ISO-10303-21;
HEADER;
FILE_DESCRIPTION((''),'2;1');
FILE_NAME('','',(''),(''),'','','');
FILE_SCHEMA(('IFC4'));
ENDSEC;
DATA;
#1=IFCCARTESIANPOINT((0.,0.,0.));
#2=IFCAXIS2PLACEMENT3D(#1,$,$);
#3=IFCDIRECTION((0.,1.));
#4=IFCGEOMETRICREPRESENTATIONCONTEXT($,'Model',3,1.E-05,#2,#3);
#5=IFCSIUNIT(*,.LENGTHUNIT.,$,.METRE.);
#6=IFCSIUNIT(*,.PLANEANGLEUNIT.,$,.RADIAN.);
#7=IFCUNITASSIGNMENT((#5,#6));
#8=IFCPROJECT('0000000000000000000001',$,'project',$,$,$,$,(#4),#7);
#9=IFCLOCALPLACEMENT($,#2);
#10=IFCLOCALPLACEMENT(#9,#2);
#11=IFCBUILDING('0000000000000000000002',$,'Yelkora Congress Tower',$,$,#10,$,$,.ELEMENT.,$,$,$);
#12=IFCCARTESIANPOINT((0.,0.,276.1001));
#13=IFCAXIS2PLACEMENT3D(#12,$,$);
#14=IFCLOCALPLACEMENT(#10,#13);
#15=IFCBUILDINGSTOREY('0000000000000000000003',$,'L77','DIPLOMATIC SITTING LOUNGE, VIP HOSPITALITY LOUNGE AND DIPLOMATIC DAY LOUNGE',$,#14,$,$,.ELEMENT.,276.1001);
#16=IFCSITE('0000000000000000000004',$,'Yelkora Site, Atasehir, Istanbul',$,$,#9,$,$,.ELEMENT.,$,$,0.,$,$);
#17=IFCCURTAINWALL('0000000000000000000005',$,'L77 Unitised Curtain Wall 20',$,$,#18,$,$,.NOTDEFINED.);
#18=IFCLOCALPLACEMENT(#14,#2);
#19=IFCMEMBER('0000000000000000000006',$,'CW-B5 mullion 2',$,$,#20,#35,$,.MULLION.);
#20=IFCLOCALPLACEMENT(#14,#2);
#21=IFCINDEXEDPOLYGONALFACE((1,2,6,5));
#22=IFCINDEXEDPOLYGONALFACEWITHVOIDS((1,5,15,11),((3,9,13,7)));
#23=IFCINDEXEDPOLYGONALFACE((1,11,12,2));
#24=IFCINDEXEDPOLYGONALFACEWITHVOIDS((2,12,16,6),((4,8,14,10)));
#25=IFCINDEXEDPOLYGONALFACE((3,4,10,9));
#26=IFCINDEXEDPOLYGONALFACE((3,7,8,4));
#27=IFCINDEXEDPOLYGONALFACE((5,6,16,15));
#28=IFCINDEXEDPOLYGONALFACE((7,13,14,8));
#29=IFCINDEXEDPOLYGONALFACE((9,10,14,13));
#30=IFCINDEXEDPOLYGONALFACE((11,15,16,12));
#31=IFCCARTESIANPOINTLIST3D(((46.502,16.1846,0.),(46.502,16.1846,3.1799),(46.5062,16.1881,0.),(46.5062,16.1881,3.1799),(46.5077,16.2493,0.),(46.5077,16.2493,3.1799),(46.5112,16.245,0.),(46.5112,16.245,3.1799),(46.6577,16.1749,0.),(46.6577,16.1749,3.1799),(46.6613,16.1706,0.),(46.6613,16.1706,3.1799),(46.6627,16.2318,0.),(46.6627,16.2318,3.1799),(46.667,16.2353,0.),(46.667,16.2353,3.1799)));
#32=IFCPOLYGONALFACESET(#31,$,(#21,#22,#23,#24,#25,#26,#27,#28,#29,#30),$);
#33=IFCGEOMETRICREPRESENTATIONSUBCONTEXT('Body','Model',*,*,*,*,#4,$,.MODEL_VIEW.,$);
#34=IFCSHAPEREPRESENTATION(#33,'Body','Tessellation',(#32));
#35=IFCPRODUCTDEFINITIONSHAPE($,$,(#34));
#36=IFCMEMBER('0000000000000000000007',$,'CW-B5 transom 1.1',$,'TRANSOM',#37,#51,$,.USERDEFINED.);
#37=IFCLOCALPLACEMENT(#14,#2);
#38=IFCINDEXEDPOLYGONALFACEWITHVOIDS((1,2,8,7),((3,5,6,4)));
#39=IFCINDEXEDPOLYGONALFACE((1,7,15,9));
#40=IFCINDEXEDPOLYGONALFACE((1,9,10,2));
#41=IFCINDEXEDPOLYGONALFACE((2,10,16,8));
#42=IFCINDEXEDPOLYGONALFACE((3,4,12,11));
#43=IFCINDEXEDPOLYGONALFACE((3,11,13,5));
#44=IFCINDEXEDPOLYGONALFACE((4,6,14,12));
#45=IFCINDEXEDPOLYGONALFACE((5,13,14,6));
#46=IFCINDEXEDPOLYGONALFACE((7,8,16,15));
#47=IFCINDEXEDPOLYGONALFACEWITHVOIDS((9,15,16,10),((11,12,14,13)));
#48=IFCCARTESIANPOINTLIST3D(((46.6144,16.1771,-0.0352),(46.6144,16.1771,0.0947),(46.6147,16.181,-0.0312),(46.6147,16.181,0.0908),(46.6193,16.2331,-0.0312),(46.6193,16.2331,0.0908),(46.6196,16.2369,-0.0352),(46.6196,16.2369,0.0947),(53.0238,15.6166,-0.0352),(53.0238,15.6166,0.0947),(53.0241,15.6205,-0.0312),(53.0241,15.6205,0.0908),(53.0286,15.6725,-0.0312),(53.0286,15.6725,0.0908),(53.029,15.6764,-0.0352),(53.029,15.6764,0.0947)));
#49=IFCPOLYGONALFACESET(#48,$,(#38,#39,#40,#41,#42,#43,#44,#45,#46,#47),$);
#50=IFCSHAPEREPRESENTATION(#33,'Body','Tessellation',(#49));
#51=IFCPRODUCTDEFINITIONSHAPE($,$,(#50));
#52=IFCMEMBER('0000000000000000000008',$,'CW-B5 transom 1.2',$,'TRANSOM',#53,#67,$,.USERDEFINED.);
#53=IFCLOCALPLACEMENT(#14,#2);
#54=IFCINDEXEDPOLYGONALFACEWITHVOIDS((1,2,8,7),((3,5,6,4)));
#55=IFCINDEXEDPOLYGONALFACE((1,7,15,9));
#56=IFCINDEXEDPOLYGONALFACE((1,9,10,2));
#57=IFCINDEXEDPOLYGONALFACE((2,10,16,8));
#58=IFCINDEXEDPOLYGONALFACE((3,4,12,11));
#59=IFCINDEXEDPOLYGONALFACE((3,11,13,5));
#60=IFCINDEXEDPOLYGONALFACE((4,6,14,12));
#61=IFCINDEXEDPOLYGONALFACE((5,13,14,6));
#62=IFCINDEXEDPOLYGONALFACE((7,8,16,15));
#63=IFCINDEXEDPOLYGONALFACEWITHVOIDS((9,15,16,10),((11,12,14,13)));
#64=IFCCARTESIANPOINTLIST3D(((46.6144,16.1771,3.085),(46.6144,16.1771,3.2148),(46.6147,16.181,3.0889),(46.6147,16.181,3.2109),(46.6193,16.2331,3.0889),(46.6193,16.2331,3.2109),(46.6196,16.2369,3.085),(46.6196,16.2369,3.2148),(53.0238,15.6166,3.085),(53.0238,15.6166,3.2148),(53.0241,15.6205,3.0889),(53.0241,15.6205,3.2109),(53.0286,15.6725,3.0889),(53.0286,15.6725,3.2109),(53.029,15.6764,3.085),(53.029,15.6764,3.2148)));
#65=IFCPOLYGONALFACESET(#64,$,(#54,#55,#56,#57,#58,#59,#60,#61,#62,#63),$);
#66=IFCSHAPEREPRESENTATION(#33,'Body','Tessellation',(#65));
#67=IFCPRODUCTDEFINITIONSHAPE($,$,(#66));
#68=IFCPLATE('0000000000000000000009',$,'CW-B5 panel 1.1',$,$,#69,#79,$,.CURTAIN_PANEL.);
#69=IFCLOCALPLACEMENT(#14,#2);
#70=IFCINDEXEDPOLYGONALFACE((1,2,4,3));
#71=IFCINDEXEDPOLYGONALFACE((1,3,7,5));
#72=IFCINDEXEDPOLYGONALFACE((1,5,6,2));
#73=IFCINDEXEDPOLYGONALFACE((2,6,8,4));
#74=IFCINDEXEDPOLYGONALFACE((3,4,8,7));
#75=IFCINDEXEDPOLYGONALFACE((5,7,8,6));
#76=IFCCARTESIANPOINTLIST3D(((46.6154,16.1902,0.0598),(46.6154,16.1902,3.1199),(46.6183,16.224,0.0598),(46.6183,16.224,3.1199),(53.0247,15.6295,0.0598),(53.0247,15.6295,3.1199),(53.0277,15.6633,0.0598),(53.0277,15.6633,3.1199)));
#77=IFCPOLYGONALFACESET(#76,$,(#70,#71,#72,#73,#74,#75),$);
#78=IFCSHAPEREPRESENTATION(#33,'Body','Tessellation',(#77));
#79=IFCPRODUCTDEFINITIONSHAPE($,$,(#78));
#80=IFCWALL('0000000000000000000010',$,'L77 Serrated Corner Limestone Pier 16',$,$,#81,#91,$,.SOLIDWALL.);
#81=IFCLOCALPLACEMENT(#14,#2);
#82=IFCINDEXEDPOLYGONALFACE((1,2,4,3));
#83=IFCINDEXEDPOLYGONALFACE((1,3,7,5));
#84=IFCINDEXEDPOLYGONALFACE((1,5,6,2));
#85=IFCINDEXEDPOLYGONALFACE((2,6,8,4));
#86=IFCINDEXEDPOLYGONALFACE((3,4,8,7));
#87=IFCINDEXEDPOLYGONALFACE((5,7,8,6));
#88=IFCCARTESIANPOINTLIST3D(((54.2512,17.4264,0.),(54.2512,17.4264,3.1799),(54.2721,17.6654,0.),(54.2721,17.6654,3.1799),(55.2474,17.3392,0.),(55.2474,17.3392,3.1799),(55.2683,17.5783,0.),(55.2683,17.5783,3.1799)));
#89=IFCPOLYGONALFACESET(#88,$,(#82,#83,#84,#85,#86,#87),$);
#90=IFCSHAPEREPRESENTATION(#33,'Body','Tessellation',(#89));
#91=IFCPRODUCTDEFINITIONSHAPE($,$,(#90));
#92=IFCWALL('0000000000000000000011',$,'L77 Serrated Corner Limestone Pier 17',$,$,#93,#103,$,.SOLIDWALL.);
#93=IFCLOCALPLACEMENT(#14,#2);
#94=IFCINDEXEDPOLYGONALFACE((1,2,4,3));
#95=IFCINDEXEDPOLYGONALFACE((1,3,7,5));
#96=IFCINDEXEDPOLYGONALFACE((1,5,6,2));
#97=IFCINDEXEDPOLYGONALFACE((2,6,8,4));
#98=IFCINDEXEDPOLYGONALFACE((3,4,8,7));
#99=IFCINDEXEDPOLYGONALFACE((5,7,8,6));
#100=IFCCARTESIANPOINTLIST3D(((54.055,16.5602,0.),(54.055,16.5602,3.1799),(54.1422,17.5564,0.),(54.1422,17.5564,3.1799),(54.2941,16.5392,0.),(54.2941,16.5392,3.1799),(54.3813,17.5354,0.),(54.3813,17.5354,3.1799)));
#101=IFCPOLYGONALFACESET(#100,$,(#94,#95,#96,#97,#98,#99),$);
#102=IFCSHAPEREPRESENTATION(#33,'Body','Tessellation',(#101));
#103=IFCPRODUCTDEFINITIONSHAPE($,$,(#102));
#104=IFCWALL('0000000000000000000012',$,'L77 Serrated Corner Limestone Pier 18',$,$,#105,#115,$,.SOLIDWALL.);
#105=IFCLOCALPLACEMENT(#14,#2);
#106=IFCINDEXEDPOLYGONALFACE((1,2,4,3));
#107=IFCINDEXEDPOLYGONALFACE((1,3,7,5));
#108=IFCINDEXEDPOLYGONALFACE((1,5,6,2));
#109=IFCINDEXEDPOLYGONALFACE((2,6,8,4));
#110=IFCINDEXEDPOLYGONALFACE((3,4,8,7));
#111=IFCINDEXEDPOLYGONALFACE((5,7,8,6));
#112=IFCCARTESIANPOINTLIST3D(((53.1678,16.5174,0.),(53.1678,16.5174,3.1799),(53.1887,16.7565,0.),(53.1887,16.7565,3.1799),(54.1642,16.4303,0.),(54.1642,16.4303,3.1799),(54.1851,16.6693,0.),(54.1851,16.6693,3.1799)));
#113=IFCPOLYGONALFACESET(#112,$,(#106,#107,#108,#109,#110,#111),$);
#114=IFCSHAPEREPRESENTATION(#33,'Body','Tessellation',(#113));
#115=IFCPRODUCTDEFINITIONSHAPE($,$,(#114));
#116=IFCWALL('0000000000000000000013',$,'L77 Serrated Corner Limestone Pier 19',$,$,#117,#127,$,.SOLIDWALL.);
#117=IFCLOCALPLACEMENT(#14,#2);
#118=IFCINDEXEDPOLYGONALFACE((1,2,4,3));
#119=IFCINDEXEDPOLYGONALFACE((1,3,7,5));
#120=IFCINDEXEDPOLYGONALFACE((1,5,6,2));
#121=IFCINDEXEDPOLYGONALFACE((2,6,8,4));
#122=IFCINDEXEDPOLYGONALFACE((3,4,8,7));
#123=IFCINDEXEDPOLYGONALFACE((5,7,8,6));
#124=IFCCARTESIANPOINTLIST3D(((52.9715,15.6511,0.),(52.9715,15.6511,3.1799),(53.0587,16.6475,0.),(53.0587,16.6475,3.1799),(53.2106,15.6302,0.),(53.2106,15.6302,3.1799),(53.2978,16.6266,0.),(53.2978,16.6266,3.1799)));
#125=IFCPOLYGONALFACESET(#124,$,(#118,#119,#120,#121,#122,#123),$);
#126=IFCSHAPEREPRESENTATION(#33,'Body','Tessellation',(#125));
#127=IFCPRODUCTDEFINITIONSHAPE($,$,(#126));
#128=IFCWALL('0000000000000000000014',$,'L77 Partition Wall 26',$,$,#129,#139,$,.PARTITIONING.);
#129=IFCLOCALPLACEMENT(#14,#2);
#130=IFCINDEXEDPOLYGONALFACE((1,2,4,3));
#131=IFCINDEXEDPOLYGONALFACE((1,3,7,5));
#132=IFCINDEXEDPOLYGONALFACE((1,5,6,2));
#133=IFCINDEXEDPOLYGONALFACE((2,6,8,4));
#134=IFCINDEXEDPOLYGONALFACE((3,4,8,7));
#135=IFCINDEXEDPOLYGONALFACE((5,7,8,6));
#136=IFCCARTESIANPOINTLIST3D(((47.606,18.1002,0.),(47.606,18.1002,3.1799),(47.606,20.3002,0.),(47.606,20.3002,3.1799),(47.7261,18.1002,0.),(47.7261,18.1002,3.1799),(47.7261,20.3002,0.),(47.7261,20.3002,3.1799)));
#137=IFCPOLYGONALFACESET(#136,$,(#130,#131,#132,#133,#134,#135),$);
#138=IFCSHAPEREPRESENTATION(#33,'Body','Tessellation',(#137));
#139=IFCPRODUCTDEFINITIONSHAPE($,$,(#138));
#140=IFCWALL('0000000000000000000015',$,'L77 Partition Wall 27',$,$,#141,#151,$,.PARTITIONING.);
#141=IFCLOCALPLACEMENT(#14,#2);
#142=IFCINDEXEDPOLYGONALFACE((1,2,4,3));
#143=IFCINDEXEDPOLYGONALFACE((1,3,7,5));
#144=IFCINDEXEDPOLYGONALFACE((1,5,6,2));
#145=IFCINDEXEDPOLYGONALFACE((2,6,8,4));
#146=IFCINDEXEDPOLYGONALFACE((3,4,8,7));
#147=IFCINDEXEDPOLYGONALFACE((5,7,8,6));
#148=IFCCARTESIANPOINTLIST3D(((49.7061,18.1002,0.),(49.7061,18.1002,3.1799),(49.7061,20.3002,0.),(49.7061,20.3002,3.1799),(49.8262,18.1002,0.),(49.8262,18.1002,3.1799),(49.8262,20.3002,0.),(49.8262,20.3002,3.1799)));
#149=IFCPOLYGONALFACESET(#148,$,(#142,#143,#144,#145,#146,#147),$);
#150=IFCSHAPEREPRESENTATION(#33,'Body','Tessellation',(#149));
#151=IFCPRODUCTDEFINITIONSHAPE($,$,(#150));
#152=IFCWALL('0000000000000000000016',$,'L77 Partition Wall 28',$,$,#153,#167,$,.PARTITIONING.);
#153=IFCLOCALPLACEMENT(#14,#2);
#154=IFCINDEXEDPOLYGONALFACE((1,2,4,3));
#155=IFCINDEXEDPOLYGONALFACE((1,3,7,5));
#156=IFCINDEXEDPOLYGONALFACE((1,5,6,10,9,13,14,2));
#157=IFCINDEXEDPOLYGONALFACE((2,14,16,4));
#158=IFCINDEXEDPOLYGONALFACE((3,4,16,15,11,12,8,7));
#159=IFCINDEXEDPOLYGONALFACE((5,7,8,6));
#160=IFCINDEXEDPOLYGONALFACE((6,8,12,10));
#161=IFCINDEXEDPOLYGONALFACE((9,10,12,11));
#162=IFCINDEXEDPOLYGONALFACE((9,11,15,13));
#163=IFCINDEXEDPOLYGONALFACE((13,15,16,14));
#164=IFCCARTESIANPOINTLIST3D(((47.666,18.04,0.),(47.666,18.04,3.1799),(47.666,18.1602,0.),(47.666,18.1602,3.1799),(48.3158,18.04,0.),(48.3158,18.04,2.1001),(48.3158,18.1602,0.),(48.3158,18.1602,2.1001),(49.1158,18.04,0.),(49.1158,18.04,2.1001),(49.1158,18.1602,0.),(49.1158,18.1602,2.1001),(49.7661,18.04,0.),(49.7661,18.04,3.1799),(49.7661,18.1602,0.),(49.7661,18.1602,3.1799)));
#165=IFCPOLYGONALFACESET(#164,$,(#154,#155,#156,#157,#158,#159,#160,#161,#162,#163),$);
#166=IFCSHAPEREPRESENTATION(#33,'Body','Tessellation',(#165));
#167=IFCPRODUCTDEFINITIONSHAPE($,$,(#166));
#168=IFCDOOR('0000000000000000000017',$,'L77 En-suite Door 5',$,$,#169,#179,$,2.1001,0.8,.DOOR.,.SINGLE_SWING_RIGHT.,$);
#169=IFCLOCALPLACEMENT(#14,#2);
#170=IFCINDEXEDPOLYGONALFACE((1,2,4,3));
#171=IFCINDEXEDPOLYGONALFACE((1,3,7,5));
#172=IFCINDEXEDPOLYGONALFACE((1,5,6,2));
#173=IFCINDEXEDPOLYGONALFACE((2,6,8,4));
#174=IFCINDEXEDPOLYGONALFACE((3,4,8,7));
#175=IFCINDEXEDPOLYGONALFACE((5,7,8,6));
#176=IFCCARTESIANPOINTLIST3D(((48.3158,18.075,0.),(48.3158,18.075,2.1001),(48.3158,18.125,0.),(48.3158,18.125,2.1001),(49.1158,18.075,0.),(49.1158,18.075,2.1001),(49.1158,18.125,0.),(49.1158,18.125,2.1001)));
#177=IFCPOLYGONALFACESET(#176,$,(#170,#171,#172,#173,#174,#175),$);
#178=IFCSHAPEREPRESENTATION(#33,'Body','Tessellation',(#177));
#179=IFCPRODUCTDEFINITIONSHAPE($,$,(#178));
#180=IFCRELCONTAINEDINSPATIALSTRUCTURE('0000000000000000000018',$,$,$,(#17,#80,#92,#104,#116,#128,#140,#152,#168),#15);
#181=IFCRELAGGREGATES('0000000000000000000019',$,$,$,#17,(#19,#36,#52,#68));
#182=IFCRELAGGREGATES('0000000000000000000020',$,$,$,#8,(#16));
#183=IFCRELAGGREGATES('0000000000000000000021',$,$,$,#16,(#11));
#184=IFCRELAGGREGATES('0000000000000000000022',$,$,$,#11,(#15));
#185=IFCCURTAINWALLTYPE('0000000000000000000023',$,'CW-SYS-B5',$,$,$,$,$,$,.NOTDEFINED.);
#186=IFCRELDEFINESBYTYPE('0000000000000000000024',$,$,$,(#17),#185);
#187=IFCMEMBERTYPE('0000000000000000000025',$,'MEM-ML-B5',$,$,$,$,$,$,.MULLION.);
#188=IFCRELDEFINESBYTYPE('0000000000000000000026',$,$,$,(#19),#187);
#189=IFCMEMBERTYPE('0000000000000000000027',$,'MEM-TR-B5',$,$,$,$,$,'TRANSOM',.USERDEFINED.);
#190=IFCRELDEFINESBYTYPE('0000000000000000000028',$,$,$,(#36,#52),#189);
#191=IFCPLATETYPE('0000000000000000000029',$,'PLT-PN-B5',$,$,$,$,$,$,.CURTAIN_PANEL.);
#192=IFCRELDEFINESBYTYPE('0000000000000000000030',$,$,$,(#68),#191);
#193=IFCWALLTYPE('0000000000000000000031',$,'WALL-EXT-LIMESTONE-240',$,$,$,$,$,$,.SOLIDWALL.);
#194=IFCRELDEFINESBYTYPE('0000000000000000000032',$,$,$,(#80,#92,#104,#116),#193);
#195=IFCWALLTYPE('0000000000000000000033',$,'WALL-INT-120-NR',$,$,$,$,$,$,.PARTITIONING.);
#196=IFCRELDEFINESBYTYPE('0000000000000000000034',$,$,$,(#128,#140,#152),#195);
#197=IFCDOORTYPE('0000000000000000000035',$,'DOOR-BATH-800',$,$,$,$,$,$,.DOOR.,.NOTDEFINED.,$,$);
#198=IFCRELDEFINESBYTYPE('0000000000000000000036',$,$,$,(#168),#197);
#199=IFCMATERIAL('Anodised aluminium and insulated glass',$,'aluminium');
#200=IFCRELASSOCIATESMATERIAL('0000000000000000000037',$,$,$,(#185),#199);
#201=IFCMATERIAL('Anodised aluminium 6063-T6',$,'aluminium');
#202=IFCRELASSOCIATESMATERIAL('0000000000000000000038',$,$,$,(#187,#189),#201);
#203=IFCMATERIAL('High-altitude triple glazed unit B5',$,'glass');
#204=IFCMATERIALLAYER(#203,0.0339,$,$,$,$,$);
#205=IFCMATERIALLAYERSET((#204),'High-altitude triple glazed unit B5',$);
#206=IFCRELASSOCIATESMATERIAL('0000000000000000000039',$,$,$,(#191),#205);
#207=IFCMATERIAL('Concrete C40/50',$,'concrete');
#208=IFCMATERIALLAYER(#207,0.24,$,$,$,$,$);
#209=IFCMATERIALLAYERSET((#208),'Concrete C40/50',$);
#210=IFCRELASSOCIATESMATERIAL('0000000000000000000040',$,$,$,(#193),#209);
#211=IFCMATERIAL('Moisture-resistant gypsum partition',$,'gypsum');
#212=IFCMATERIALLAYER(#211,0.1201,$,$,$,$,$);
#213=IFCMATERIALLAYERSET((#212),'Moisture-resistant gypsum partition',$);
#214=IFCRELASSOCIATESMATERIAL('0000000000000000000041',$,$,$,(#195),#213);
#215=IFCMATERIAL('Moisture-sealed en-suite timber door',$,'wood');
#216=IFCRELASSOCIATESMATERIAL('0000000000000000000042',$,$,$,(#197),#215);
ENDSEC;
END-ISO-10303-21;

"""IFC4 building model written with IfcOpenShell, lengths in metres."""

from ifc_helpers import new_model, si_unit, direction, frame, frame_2d, origin, origin_2d, place, context, subcontext, project, spatial, rectangle, hollow_rectangle, extrude, material, layer, layer_set, material_profile, profile_set, type_object, element, fill, aggregate, save


model = new_model("IFC4")

# Units and contexts
model_context = context("Model", 3, precision=1e-05, world=origin(), true_north=direction((0.0, 1.0)))
body_context = subcontext(model_context, "Body", "Model", "MODEL_VIEW")
ifc_project = project(units=[si_unit("LENGTHUNIT", "METRE"), si_unit("PLANEANGLEUNIT", "RADIAN")], contexts=[model_context])

# Site, building, storey
site_placement = place(None, origin())
site = spatial("IfcSite", under=ifc_project, at=site_placement, Name="Yelkora Site, Atasehir, Istanbul", CompositionType="ELEMENT", RefElevation=0.0)
building_placement = place(site_placement, origin())
building = spatial("IfcBuilding", under=site, at=building_placement, Name="Yelkora Congress Tower", CompositionType="ELEMENT")
storey_placement = place(building_placement, frame((0.0, 0.0, 276.1001)))
storey = spatial("IfcBuildingStorey", under=building, at=storey_placement, Name="L77", Description="DIPLOMATIC SITTING LOUNGE, VIP HOSPITALITY LOUNGE AND DIPLOMATIC DAY LOUNGE", CompositionType="ELEMENT", Elevation=276.1001)

# Shared definitions
ifc_material_1 = material(Name="Anodised aluminium and insulated glass", Category="aluminium")
curtain_wall_type = type_object("IfcCurtainWallType", Name="CW-SYS-B5", PredefinedType="NOTDEFINED", material=ifc_material_1)
ifc_material_2 = material(Name="Anodised aluminium 6063-T6", Category="aluminium")
ifc_material_profile_1 = material_profile(ifc_material_2, hollow_rectangle(XDim=0.0649, YDim=0.1599, WallThickness=0.0039, at=origin_2d()), Name="ALU 65x160x4")
ifc_profile_set_1 = profile_set([ifc_material_profile_1], Name="Anodised aluminium 6063-T6")
member_type_1 = type_object("IfcMemberType", Name="MEM-ML-B5", PredefinedType="MULLION", material=ifc_profile_set_1)

# Curtain wall, members, plate
curtain_wall_1_placement = place(storey_placement, origin())
curtain_wall_1 = element("IfcCurtainWall", 1, at=curtain_wall_1_placement, inside=storey, type_object=curtain_wall_type, Name="L77 Unitised Curtain Wall 20", PredefinedType="NOTDEFINED")
member_1_placement = place(storey_placement, frame((46.5845, 16.21, 0.0), z_axis=(0.0, 0.0, 1.0), x_axis=(-0.087157, -0.996195, 0.0)))
member_1 = element("IfcMember", 2, at=member_1_placement, type_object=member_type_1, Name="CW-B5 mullion 2", PredefinedType="MULLION", context=body_context, shape_type="SweptSolid", body=[
    extrude(hollow_rectangle(XDim=0.0649, YDim=0.1599, WallThickness=0.0039, at=origin_2d()), origin(), (0.0, 0.0, 1.0), 3.1799),
])
ifc_material_profile_2 = material_profile(ifc_material_2, hollow_rectangle(XDim=0.0601, YDim=0.1299, WallThickness=0.0039, at=origin_2d()), Name="ALU 60x130x4")
ifc_profile_set_2 = profile_set([ifc_material_profile_2], Name="Anodised aluminium 6063-T6")
member_type_2 = type_object("IfcMemberType", Name="MEM-TR-B5", ElementType="TRANSOM", PredefinedType="USERDEFINED", material=ifc_profile_set_2)
member_2_placement = place(storey_placement, frame((53.0264, 15.6465, 0.0298), z_axis=(-0.996197, 0.087124, 0.0), x_axis=(-0.087124, -0.996197, 0.0)))
member_2 = element("IfcMember", 3, at=member_2_placement, type_object=member_type_2, Name="CW-B5 transom 1.1", ObjectType="TRANSOM", PredefinedType="USERDEFINED", context=body_context, shape_type="SweptSolid", body=[
    extrude(hollow_rectangle(XDim=0.0601, YDim=0.1299, WallThickness=0.0039, at=origin_2d()), origin(), (0.0, 0.0, 1.0), 6.4338),
])
member_3_placement = place(storey_placement, frame((53.0264, 15.6465, 3.1499), z_axis=(-0.996197, 0.087124, 0.0), x_axis=(-0.087124, -0.996197, 0.0)))
member_3 = element("IfcMember", 4, at=member_3_placement, type_object=member_type_2, Name="CW-B5 transom 1.2", ObjectType="TRANSOM", PredefinedType="USERDEFINED", context=body_context, shape_type="SweptSolid", body=[
    extrude(hollow_rectangle(XDim=0.0601, YDim=0.1299, WallThickness=0.0039, at=origin_2d()), origin(), (0.0, 0.0, 1.0), 6.4338),
])
ifc_material_3 = material(Name="High-altitude triple glazed unit B5", Category="glass")
ifc_layer_1 = layer(ifc_material_3, 0.0339)
ifc_layer_set_1 = layer_set([ifc_layer_1], Name="High-altitude triple glazed unit B5")
plate_type = type_object("IfcPlateType", Name="PLT-PN-B5", PredefinedType="CURTAIN_PANEL", material=ifc_layer_set_1)
plate_placement = place(storey_placement, frame((49.8215, 15.9268, 0.0598), z_axis=(0.0, 0.0, 1.0), x_axis=(-0.996195, 0.087157, 0.0)))
plate = element("IfcPlate", 5, at=plate_placement, type_object=plate_type, Name="CW-B5 panel 1.1", PredefinedType="CURTAIN_PANEL", context=body_context, shape_type="SweptSolid", body=[
    extrude(rectangle(XDim=6.4338, YDim=0.0339, at=origin_2d()), origin(), (0.0, 0.0, 1.0), 3.0601),
])
aggregate(curtain_wall_1, [member_1, member_2, member_3, plate])

# Walls
ifc_material_4 = material(Name="Concrete C40/50", Category="concrete")
ifc_layer_2 = layer(ifc_material_4, 0.24)
ifc_layer_set_2 = layer_set([ifc_layer_2], Name="Concrete C40/50")
wall_type_1 = type_object("IfcWallType", Name="WALL-EXT-LIMESTONE-240", PredefinedType="SOLIDWALL", material=ifc_layer_set_2)
for number, where, z_axis, x_axis, name in (
    (6, (55.2578, 17.4587, 0.0), (0.0, 0.0, 1.0), (-0.996194, 0.087167, 0.0), "L77 Serrated Corner Limestone Pier 16"),
    (7, (54.2617, 17.5459, 0.0), (0.0, 0.0, 1.0), (-0.087167, -0.996194, 0.0), "L77 Serrated Corner Limestone Pier 17"),
):
    element("IfcWall", number, at=place(storey_placement, frame(where, z_axis=z_axis, x_axis=x_axis)), inside=storey, type_object=wall_type_1, Name=name, PredefinedType="SOLIDWALL", context=body_context, shape_type="SweptSolid", body=[
        extrude(rectangle(XDim=1.0, YDim=0.24, at=frame_2d((0.5, 0.0))), origin(), (0.0, 0.0, 1.0), 3.1799),
    ])
for number, where, z_axis, x_axis, name in (
    (8, (54.1746, 16.5498, 0.0), (0.0, 0.0, 1.0), (-0.996196, 0.087146, 0.0), "L77 Serrated Corner Limestone Pier 18"),
    (9, (53.1782, 16.637, 0.0), (0.0, 0.0, 1.0), (-0.087146, -0.996196, 0.0), "L77 Serrated Corner Limestone Pier 19"),
):
    element("IfcWall", number, at=place(storey_placement, frame(where, z_axis=z_axis, x_axis=x_axis)), inside=storey, type_object=wall_type_1, Name=name, PredefinedType="SOLIDWALL", context=body_context, shape_type="SweptSolid", body=[
        extrude(rectangle(XDim=1.0002, YDim=0.24, at=frame_2d((0.5, 0.0))), origin(), (0.0, 0.0, 1.0), 3.1799),
    ])
ifc_material_5 = material(Name="Moisture-resistant gypsum partition", Category="gypsum")
ifc_layer_3 = layer(ifc_material_5, 0.1201)
ifc_layer_set_3 = layer_set([ifc_layer_3], Name="Moisture-resistant gypsum partition")
wall_type_2 = type_object("IfcWallType", Name="WALL-INT-120-NR", PredefinedType="PARTITIONING", material=ifc_layer_set_3)
for number, where, z_axis, x_axis, name in (
    (10, (47.666, 18.1001, 0.0), (0.0, 0.0, 1.0), (0.0, 1.0, 0.0), "L77 Partition Wall 26"),
    (11, (49.7661, 18.1001, 0.0), (0.0, 0.0, 1.0), (0.0, 1.0, 0.0), "L77 Partition Wall 27"),
):
    element("IfcWall", number, at=place(storey_placement, frame(where, z_axis=z_axis, x_axis=x_axis)), inside=storey, type_object=wall_type_2, Name=name, PredefinedType="PARTITIONING", context=body_context, shape_type="SweptSolid", body=[
        extrude(rectangle(XDim=2.2, YDim=0.1201, at=frame_2d((1.1001, 0.0))), origin(), (0.0, 0.0, 1.0), 3.1799),
    ])

# Wall, opening, door
wall_placement = place(storey_placement, frame((47.666, 18.1001, 0.0), z_axis=(0.0, 0.0, 1.0), x_axis=(1.0, 0.0, 0.0)))
wall = element("IfcWall", 12, at=wall_placement, inside=storey, type_object=wall_type_2, Name="L77 Partition Wall 28", PredefinedType="PARTITIONING", context=body_context, shape_type="SweptSolid", body=[
    extrude(rectangle(XDim=2.1001, YDim=0.1201, at=frame_2d((1.05, 0.0))), origin(), (0.0, 0.0, 1.0), 3.1799),
])
opening_placement = place(wall_placement, frame((0.6499, 0.0, 0.0)))
opening = element("IfcOpeningElement", 13, at=opening_placement, cuts=wall, PredefinedType="OPENING", context=body_context, shape_type="SweptSolid", body=[
    extrude(rectangle(XDim=0.8, YDim=2.1001, at=frame_2d((0.3999, 1.05))), frame((0.0, 0.0701, 0.0), z_axis=(0.0, -1.0, 0.0), x_axis=(1.0, 0.0, 0.0)), (0.0, 0.0, 1.0), 0.1401),
])
ifc_material_6 = material(Name="Moisture-sealed en-suite timber door", Category="wood")
door_type = type_object("IfcDoorType", Name="DOOR-BATH-800", OperationType="NOTDEFINED", PredefinedType="DOOR", material=ifc_material_6)
door_placement = place(opening_placement, origin())
door = element("IfcDoor", 14, at=door_placement, inside=storey, type_object=door_type, Name="L77 En-suite Door 5", OperationType="SINGLE_SWING_RIGHT", OverallHeight=2.1001, OverallWidth=0.8, PredefinedType="DOOR", context=body_context, shape_type="SweptSolid", body=[
    extrude(rectangle(XDim=0.8, YDim=2.1001, at=frame_2d((0.3999, 1.05))), frame((0.0, 0.0249, 0.0), z_axis=(0.0, -1.0, 0.0), x_axis=(1.0, 0.0, 0.0)), (0.0, 0.0, 1.0), 0.05),
])
fill(opening, door)

save(model, "model.ifc")
